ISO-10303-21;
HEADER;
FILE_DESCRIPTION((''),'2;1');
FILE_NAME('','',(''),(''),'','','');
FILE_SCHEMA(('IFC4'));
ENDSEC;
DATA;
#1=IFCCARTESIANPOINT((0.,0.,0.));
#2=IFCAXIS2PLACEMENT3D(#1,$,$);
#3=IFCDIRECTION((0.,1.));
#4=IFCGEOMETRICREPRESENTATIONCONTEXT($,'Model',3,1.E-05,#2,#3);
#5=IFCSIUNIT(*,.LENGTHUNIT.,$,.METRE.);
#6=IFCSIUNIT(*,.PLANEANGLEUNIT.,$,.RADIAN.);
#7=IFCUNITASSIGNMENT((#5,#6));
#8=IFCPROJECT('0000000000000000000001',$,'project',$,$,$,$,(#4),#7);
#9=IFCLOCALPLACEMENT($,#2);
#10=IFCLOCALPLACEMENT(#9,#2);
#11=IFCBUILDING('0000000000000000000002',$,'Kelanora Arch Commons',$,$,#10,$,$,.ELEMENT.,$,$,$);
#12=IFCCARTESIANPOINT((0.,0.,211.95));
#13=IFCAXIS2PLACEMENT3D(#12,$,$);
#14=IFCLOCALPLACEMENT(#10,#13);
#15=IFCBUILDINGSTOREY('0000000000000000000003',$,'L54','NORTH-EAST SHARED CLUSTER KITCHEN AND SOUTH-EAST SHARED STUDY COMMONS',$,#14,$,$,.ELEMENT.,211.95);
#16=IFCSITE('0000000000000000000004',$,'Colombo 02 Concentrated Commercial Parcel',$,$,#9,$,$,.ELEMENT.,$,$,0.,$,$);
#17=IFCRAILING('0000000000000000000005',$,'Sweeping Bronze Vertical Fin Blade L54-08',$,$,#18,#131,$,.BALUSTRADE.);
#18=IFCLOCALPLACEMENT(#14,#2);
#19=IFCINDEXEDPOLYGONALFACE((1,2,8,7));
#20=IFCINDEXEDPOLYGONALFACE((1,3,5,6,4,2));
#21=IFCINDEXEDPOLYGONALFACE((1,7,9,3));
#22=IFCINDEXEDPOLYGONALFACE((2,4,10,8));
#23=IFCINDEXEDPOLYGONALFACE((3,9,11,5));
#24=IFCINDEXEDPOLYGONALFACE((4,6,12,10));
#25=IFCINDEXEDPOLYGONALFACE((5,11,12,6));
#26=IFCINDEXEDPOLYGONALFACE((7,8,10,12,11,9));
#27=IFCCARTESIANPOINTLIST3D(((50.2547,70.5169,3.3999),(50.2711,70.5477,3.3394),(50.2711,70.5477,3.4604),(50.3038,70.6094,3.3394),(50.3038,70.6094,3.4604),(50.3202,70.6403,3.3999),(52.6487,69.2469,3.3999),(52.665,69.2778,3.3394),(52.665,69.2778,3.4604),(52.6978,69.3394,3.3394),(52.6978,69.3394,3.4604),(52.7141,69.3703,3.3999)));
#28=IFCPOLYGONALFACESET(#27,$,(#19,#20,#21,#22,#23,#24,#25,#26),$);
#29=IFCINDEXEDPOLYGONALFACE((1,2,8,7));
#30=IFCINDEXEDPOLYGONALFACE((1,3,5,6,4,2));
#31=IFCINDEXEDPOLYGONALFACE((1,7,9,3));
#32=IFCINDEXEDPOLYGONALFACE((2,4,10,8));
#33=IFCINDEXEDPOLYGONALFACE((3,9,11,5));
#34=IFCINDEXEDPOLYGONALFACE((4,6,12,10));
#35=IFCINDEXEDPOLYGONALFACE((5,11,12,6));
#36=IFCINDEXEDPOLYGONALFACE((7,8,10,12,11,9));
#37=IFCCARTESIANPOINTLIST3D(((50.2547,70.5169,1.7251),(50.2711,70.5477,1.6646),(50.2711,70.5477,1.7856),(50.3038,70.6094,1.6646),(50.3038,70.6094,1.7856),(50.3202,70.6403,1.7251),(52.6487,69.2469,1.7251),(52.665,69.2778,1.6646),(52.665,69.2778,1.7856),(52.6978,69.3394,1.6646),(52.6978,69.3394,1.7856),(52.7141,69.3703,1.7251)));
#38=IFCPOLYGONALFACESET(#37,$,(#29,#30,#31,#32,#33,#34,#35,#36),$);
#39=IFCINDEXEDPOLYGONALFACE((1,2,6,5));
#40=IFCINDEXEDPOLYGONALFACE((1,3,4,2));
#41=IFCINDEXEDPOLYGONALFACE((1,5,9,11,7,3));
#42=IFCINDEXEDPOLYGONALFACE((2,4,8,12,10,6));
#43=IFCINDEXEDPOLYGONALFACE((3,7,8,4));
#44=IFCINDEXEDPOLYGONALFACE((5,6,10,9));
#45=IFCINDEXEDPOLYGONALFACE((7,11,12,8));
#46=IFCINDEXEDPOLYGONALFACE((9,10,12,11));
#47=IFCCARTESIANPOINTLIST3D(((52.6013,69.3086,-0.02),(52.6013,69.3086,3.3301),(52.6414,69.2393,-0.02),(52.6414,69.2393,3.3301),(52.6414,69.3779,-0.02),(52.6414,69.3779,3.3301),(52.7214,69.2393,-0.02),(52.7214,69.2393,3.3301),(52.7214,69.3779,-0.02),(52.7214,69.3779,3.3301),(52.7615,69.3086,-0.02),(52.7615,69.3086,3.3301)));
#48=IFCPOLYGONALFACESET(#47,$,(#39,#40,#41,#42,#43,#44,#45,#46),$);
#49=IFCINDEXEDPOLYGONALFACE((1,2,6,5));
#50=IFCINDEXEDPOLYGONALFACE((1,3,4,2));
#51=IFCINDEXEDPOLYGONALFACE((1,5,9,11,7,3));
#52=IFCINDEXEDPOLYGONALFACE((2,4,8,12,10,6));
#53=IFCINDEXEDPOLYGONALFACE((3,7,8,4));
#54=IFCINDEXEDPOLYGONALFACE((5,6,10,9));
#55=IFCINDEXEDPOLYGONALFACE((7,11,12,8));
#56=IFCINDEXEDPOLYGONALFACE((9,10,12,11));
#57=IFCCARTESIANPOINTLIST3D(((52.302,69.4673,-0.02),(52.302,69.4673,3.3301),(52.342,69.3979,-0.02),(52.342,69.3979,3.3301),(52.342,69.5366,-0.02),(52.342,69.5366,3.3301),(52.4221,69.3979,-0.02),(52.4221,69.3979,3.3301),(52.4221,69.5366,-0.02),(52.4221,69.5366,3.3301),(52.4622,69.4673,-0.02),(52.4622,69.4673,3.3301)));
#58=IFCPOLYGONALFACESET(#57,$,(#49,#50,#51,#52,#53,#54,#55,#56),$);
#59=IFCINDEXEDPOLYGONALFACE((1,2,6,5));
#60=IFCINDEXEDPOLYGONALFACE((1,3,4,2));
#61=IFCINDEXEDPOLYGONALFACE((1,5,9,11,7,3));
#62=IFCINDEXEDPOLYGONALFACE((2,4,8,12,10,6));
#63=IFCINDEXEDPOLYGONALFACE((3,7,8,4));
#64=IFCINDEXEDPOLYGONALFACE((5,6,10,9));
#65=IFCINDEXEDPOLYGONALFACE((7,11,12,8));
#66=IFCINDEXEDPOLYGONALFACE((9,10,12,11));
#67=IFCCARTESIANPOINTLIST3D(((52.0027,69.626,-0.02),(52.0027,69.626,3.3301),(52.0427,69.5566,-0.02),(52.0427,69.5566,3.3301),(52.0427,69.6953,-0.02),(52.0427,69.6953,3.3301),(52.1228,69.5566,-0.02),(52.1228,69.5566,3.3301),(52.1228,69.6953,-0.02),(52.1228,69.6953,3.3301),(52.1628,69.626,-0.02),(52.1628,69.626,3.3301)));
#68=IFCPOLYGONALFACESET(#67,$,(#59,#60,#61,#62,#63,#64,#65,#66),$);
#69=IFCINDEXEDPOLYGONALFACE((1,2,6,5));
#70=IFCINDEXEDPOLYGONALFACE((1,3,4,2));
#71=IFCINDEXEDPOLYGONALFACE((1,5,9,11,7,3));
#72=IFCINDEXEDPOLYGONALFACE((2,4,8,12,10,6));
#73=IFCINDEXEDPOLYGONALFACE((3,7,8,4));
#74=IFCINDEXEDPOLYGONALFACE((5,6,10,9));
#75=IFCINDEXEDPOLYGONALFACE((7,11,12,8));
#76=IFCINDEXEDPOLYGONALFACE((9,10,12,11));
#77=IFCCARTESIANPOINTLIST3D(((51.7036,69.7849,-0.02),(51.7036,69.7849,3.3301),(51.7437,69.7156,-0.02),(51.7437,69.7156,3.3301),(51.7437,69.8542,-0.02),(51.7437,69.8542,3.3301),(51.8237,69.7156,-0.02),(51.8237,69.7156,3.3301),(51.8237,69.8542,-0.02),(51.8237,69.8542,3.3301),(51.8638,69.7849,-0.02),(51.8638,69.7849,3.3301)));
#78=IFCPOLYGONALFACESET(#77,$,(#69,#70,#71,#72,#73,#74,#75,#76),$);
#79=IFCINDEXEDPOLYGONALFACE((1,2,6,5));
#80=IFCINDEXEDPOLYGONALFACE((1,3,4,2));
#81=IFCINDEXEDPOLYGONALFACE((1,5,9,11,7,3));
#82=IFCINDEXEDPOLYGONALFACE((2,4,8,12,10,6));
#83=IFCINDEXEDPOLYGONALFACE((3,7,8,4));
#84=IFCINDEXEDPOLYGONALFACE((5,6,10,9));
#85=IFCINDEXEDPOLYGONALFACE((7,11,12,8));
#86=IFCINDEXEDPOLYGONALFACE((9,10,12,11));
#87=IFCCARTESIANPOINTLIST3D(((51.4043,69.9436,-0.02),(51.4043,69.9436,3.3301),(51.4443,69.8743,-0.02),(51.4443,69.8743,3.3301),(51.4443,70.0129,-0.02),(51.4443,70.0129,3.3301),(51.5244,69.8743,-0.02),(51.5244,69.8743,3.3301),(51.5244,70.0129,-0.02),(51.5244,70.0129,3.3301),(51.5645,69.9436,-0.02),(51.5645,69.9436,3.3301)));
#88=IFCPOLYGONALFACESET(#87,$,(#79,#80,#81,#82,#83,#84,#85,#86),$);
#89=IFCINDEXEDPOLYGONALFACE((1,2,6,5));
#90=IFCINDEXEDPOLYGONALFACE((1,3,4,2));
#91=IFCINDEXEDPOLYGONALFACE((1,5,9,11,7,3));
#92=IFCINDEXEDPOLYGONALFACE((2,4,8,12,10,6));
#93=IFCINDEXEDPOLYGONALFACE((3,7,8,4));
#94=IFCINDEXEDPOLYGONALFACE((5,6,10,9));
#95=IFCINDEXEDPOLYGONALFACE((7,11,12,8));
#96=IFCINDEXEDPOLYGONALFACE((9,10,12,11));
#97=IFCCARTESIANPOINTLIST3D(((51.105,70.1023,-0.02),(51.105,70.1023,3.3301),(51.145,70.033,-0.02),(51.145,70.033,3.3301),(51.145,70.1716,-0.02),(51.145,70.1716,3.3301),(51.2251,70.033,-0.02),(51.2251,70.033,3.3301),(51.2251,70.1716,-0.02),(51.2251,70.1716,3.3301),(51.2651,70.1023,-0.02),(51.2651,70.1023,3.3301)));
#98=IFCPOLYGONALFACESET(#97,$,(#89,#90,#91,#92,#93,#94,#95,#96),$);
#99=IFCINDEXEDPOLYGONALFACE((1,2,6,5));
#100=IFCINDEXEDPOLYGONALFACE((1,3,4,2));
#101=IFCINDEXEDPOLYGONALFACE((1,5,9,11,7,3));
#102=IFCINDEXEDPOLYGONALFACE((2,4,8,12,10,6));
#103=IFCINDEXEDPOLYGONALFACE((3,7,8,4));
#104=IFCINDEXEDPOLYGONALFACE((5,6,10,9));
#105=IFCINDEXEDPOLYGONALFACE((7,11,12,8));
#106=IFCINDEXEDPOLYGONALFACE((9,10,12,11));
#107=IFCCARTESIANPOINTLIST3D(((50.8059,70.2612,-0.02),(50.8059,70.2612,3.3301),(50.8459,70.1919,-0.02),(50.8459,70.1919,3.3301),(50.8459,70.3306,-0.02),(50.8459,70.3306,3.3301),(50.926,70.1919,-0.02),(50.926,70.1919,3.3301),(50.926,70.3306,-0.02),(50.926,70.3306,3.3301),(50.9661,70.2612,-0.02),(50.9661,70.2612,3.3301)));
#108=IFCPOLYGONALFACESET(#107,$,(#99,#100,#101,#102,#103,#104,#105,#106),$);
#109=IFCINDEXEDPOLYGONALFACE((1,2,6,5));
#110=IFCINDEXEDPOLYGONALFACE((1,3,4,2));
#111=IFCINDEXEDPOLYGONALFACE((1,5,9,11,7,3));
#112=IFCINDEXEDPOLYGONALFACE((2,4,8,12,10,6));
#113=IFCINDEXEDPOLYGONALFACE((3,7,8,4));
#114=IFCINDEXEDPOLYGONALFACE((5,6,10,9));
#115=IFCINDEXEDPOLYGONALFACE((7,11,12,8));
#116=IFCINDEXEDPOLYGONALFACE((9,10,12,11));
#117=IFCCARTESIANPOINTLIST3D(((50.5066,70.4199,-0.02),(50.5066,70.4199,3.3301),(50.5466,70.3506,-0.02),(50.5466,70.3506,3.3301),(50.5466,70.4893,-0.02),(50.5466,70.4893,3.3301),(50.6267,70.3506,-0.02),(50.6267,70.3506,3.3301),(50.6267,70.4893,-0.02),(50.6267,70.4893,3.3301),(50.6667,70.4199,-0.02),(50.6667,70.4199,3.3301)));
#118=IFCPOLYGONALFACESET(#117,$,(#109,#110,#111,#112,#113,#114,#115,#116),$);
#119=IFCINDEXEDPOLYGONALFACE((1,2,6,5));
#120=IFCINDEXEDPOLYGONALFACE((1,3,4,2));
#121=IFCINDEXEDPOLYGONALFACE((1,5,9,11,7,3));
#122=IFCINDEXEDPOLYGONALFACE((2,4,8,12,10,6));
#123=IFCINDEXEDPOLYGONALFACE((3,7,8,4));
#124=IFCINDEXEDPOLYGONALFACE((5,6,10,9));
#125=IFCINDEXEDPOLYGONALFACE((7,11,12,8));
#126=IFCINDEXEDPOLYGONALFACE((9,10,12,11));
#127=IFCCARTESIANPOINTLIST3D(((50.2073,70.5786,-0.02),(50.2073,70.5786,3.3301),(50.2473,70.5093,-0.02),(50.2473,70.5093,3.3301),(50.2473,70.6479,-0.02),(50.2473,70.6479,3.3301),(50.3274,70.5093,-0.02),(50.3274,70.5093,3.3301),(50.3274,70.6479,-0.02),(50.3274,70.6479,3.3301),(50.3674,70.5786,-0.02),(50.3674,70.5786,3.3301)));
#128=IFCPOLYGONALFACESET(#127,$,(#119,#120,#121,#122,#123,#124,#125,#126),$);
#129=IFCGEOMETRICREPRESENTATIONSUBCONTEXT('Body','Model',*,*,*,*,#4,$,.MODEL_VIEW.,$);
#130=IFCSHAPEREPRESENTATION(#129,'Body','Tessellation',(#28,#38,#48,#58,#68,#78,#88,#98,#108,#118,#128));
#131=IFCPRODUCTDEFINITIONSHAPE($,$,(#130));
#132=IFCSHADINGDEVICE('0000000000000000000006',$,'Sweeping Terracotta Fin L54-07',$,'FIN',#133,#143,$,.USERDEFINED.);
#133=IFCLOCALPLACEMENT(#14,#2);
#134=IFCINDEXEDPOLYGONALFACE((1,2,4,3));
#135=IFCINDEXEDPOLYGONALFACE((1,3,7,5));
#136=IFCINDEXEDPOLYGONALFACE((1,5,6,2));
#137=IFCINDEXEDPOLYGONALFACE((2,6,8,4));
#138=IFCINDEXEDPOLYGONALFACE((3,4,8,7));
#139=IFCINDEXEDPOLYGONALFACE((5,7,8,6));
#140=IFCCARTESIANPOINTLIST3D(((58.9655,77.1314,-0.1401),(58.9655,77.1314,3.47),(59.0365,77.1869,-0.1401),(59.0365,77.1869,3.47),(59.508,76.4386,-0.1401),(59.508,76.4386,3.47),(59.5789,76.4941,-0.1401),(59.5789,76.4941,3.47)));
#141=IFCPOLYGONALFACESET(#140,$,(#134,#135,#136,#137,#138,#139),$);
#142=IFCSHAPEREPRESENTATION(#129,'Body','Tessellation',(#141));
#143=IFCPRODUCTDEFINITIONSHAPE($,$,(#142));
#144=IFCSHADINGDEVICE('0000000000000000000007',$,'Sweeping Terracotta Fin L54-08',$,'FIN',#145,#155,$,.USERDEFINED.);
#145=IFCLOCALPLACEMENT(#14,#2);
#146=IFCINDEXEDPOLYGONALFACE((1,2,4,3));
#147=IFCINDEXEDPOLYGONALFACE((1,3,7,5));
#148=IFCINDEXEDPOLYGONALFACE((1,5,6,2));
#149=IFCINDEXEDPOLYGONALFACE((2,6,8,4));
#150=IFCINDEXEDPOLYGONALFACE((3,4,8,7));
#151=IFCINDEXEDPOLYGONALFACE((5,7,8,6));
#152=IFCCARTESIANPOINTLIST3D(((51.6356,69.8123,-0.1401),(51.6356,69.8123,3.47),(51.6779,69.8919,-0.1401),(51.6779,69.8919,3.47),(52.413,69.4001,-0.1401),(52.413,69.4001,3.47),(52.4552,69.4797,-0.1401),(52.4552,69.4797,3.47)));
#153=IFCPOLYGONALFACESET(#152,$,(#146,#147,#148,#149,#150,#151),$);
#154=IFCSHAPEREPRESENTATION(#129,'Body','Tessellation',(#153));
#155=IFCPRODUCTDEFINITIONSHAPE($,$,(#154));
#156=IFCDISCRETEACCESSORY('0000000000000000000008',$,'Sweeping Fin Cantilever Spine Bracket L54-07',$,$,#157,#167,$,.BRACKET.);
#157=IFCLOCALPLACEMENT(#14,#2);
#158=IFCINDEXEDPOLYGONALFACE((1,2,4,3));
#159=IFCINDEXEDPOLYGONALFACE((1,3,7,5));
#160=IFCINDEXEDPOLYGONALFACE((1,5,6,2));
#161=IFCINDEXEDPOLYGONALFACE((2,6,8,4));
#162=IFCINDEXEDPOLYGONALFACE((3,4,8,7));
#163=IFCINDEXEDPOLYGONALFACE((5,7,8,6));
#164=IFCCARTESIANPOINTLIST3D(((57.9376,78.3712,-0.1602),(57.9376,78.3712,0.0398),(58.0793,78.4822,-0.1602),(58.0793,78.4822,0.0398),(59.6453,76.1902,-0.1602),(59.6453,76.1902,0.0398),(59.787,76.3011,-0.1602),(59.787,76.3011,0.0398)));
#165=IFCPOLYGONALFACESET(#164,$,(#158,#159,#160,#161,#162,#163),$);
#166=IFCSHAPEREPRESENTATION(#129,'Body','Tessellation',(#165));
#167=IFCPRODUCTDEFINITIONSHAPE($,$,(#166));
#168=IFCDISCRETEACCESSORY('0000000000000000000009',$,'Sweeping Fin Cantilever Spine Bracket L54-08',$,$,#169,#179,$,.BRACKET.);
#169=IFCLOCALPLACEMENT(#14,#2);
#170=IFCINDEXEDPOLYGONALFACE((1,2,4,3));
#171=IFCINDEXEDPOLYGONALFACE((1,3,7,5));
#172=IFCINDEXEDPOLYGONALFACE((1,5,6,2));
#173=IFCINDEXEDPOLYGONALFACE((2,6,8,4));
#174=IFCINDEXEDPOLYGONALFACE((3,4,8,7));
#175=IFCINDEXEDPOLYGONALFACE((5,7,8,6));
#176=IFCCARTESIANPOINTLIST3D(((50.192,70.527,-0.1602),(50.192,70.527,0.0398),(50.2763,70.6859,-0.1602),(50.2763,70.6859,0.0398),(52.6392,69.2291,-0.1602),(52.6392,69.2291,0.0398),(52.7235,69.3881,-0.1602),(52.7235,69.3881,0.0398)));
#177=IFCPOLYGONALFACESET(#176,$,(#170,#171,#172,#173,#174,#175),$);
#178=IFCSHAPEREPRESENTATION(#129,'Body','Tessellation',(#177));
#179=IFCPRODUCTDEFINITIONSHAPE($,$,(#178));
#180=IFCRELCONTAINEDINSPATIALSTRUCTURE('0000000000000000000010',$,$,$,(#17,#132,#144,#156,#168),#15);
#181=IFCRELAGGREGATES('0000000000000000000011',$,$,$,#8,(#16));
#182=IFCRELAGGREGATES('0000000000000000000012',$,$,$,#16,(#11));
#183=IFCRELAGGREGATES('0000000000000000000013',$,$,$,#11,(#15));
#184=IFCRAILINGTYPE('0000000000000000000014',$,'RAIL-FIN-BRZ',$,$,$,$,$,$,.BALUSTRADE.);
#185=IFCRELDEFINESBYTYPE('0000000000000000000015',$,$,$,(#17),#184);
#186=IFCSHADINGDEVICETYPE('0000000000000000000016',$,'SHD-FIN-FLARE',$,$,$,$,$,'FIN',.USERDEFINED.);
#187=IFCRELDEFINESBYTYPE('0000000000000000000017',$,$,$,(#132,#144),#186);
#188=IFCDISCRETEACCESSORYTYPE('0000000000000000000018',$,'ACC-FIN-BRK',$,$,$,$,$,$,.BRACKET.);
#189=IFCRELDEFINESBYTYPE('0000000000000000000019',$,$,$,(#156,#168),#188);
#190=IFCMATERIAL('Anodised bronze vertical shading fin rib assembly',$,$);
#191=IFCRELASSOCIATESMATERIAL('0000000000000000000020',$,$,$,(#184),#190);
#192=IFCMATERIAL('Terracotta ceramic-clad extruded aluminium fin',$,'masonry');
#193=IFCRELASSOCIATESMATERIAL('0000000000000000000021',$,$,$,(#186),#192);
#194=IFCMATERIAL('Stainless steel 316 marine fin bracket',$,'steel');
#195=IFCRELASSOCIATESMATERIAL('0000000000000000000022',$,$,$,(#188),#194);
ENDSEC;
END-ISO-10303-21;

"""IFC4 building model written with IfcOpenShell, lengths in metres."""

from ifc_helpers import new_model, si_unit, direction, frame, origin, origin_2d, place, context, subcontext, project, spatial, polyline, rectangle, outline, extrude, source, transform, mapped, material, type_object, element, save


model = new_model("IFC4")

# Units and contexts
model_context = context("Model", 3, precision=1e-05, world=origin(), true_north=direction((0.0, 1.0)))
body_context = subcontext(model_context, "Body", "Model", "MODEL_VIEW")
ifc_project = project(units=[si_unit("LENGTHUNIT", "METRE"), si_unit("PLANEANGLEUNIT", "RADIAN")], contexts=[model_context])

# Site, building, storey
site_placement = place(None, origin())
site = spatial("IfcSite", under=ifc_project, at=site_placement, Name="Colombo 02 Concentrated Commercial Parcel", CompositionType="ELEMENT", RefElevation=0.0)
building_placement = place(site_placement, origin())
building = spatial("IfcBuilding", under=site, at=building_placement, Name="Kelanora Arch Commons", CompositionType="ELEMENT")
storey_placement = place(building_placement, frame((0.0, 0.0, 211.95)))
storey = spatial("IfcBuildingStorey", under=building, at=storey_placement, Name="L54", Description="NORTH-EAST SHARED CLUSTER KITCHEN AND SOUTH-EAST SHARED STUDY COMMONS", CompositionType="ELEMENT", Elevation=211.95)

# Railing
ifc_material_1 = material(Name="Anodised bronze vertical shading fin rib assembly")
railing_type = type_object("IfcRailingType", Name="RAIL-FIN-BRZ", PredefinedType="BALUSTRADE", material=ifc_material_1)
railing_1_placement = place(storey_placement, frame((52.6814, 69.3086, -0.02)))
element("IfcRailing", 1, at=railing_1_placement, inside=storey, type_object=railing_type, Name="Sweeping Bronze Vertical Fin Blade L54-08", PredefinedType="BALUSTRADE", context=body_context, shape_type="SweptSolid", body=[
    extrude(outline(polyline([(0.0698, 0.0), (0.0349, 0.0605), (-0.0349, 0.0605), (-0.0698, 0.0), (-0.0349, -0.0605), (0.0349, -0.0605), (0.0698, 0.0)])), frame((0.0, 0.0, 3.4199), z_axis=(-0.883393, 0.468633, 0.0), x_axis=(-0.468633, -0.883393, 0.0)), (0.0, 0.0, 1.0), 2.71),
    extrude(outline(polyline([(0.0698, 0.0), (0.0349, 0.0605), (-0.0349, 0.0605), (-0.0698, 0.0), (-0.0349, -0.0605), (0.0349, -0.0605), (0.0698, 0.0)])), frame((0.0, 0.0, 1.7451), z_axis=(-0.883393, 0.468633, 0.0), x_axis=(-0.468633, -0.883393, 0.0)), (0.0, 0.0, 1.0), 2.71),
    extrude(outline(polyline([(0.0801, 0.0), (0.04, 0.0693), (-0.04, 0.0693), (-0.0801, 0.0), (-0.04, -0.0693), (0.04, -0.0693), (0.0801, 0.0)])), origin(), (0.0, 0.0, 1.0), 3.3501),
    extrude(outline(polyline([(0.0801, 0.0), (0.04, 0.0693), (-0.04, 0.0693), (-0.0801, 0.0), (-0.04, -0.0693), (0.04, -0.0693), (0.0801, 0.0)])), frame((-0.2993, 0.1587, 0.0)), (0.0, 0.0, 1.0), 3.3501),
    extrude(outline(polyline([(0.0801, 0.0), (0.04, 0.0693), (-0.04, 0.0693), (-0.0801, 0.0), (-0.04, -0.0693), (0.04, -0.0693), (0.0801, 0.0)])), frame((-0.5986, 0.3174, 0.0)), (0.0, 0.0, 1.0), 3.3501),
    extrude(outline(polyline([(0.0801, 0.0), (0.04, 0.0693), (-0.04, 0.0693), (-0.0801, 0.0), (-0.04, -0.0693), (0.04, -0.0693), (0.0801, 0.0)])), frame((-0.8977, 0.4763, 0.0)), (0.0, 0.0, 1.0), 3.3501),
    extrude(outline(polyline([(0.0801, 0.0), (0.04, 0.0693), (-0.04, 0.0693), (-0.0801, 0.0), (-0.04, -0.0693), (0.04, -0.0693), (0.0801, 0.0)])), frame((-1.197, 0.635, 0.0)), (0.0, 0.0, 1.0), 3.3501),
    extrude(outline(polyline([(0.0801, 0.0), (0.04, 0.0693), (-0.04, 0.0693), (-0.0801, 0.0), (-0.04, -0.0693), (0.04, -0.0693), (0.0801, 0.0)])), frame((-1.4963, 0.7937, 0.0)), (0.0, 0.0, 1.0), 3.3501),
    extrude(outline(polyline([(0.0801, 0.0), (0.04, 0.0693), (-0.04, 0.0693), (-0.0801, 0.0), (-0.04, -0.0693), (0.04, -0.0693), (0.0801, 0.0)])), frame((-1.7954, 0.9526, 0.0)), (0.0, 0.0, 1.0), 3.3501),
    extrude(outline(polyline([(0.0801, 0.0), (0.04, 0.0693), (-0.04, 0.0693), (-0.0801, 0.0), (-0.04, -0.0693), (0.04, -0.0693), (0.0801, 0.0)])), frame((-2.0947, 1.1113, 0.0)), (0.0, 0.0, 1.0), 3.3501),
    extrude(outline(polyline([(0.0801, 0.0), (0.04, 0.0693), (-0.04, 0.0693), (-0.0801, 0.0), (-0.04, -0.0693), (0.04, -0.0693), (0.0801, 0.0)])), frame((-2.394, 1.27, 0.0)), (0.0, 0.0, 1.0), 3.3501),
])

# Shading devices
ifc_material_2 = material(Name="Terracotta ceramic-clad extruded aluminium fin", Category="masonry")
shading_device_type = type_object("IfcShadingDeviceType", Name="SHD-FIN-FLARE", ElementType="FIN", PredefinedType="USERDEFINED", material=ifc_material_2)
shared_shape_1 = source(origin(), body_context, "Body", "SweptSolid", [
    extrude(rectangle(XDim=0.8799, YDim=0.0901, at=origin_2d()), origin(), (0.0, 0.0, 1.0), 3.6101),
])
for number, where, z_axis, x_axis, name in (
    (2, (59.2722, 76.8127, -0.1401), (0.0, 0.0, 1.0), (-0.616486, 0.787366, 0.0), "Sweeping Terracotta Fin L54-07"),
    (3, (52.0454, 69.646, -0.1401), (0.0, 0.0, 1.0), (-0.883439, 0.468547, 0.0), "Sweeping Terracotta Fin L54-08"),
):
    element("IfcShadingDevice", number, at=place(storey_placement, frame(where, z_axis=z_axis, x_axis=x_axis)), inside=storey, type_object=shading_device_type, Name=name, ObjectType="FIN", PredefinedType="USERDEFINED", context=body_context, shape_type="MappedRepresentation", body=[
        mapped(shared_shape_1, transform((0.0, 0.0, 0.0), scale=1.0)),
    ])

# Discrete accessories
ifc_material_3 = material(Name="Stainless steel 316 marine fin bracket", Category="steel")
discrete_accessory_type = type_object("IfcDiscreteAccessoryType", Name="ACC-FIN-BRK", PredefinedType="BRACKET", material=ifc_material_3)
shared_shape_2 = source(origin(), body_context, "Body", "SweptSolid", [
    extrude(rectangle(XDim=2.77, YDim=0.1799, at=origin_2d()), origin(), (0.0, 0.0, 1.0), 0.2),
])
for number, where, z_axis, x_axis, name in (
    (4, (58.8623, 77.3362, -0.1602), (0.0, 0.0, 1.0), (-0.616486, 0.787366, 0.0), "Sweeping Fin Cantilever Spine Bracket L54-07"),
    (5, (51.4578, 69.9575, -0.1602), (0.0, 0.0, 1.0), (-0.883439, 0.468547, 0.0), "Sweeping Fin Cantilever Spine Bracket L54-08"),
):
    element("IfcDiscreteAccessory", number, at=place(storey_placement, frame(where, z_axis=z_axis, x_axis=x_axis)), inside=storey, type_object=discrete_accessory_type, Name=name, PredefinedType="BRACKET", context=body_context, shape_type="MappedRepresentation", body=[
        mapped(shared_shape_2, transform((0.0, 0.0, 0.0), scale=1.0)),
    ])

save(model, "model.ifc")
